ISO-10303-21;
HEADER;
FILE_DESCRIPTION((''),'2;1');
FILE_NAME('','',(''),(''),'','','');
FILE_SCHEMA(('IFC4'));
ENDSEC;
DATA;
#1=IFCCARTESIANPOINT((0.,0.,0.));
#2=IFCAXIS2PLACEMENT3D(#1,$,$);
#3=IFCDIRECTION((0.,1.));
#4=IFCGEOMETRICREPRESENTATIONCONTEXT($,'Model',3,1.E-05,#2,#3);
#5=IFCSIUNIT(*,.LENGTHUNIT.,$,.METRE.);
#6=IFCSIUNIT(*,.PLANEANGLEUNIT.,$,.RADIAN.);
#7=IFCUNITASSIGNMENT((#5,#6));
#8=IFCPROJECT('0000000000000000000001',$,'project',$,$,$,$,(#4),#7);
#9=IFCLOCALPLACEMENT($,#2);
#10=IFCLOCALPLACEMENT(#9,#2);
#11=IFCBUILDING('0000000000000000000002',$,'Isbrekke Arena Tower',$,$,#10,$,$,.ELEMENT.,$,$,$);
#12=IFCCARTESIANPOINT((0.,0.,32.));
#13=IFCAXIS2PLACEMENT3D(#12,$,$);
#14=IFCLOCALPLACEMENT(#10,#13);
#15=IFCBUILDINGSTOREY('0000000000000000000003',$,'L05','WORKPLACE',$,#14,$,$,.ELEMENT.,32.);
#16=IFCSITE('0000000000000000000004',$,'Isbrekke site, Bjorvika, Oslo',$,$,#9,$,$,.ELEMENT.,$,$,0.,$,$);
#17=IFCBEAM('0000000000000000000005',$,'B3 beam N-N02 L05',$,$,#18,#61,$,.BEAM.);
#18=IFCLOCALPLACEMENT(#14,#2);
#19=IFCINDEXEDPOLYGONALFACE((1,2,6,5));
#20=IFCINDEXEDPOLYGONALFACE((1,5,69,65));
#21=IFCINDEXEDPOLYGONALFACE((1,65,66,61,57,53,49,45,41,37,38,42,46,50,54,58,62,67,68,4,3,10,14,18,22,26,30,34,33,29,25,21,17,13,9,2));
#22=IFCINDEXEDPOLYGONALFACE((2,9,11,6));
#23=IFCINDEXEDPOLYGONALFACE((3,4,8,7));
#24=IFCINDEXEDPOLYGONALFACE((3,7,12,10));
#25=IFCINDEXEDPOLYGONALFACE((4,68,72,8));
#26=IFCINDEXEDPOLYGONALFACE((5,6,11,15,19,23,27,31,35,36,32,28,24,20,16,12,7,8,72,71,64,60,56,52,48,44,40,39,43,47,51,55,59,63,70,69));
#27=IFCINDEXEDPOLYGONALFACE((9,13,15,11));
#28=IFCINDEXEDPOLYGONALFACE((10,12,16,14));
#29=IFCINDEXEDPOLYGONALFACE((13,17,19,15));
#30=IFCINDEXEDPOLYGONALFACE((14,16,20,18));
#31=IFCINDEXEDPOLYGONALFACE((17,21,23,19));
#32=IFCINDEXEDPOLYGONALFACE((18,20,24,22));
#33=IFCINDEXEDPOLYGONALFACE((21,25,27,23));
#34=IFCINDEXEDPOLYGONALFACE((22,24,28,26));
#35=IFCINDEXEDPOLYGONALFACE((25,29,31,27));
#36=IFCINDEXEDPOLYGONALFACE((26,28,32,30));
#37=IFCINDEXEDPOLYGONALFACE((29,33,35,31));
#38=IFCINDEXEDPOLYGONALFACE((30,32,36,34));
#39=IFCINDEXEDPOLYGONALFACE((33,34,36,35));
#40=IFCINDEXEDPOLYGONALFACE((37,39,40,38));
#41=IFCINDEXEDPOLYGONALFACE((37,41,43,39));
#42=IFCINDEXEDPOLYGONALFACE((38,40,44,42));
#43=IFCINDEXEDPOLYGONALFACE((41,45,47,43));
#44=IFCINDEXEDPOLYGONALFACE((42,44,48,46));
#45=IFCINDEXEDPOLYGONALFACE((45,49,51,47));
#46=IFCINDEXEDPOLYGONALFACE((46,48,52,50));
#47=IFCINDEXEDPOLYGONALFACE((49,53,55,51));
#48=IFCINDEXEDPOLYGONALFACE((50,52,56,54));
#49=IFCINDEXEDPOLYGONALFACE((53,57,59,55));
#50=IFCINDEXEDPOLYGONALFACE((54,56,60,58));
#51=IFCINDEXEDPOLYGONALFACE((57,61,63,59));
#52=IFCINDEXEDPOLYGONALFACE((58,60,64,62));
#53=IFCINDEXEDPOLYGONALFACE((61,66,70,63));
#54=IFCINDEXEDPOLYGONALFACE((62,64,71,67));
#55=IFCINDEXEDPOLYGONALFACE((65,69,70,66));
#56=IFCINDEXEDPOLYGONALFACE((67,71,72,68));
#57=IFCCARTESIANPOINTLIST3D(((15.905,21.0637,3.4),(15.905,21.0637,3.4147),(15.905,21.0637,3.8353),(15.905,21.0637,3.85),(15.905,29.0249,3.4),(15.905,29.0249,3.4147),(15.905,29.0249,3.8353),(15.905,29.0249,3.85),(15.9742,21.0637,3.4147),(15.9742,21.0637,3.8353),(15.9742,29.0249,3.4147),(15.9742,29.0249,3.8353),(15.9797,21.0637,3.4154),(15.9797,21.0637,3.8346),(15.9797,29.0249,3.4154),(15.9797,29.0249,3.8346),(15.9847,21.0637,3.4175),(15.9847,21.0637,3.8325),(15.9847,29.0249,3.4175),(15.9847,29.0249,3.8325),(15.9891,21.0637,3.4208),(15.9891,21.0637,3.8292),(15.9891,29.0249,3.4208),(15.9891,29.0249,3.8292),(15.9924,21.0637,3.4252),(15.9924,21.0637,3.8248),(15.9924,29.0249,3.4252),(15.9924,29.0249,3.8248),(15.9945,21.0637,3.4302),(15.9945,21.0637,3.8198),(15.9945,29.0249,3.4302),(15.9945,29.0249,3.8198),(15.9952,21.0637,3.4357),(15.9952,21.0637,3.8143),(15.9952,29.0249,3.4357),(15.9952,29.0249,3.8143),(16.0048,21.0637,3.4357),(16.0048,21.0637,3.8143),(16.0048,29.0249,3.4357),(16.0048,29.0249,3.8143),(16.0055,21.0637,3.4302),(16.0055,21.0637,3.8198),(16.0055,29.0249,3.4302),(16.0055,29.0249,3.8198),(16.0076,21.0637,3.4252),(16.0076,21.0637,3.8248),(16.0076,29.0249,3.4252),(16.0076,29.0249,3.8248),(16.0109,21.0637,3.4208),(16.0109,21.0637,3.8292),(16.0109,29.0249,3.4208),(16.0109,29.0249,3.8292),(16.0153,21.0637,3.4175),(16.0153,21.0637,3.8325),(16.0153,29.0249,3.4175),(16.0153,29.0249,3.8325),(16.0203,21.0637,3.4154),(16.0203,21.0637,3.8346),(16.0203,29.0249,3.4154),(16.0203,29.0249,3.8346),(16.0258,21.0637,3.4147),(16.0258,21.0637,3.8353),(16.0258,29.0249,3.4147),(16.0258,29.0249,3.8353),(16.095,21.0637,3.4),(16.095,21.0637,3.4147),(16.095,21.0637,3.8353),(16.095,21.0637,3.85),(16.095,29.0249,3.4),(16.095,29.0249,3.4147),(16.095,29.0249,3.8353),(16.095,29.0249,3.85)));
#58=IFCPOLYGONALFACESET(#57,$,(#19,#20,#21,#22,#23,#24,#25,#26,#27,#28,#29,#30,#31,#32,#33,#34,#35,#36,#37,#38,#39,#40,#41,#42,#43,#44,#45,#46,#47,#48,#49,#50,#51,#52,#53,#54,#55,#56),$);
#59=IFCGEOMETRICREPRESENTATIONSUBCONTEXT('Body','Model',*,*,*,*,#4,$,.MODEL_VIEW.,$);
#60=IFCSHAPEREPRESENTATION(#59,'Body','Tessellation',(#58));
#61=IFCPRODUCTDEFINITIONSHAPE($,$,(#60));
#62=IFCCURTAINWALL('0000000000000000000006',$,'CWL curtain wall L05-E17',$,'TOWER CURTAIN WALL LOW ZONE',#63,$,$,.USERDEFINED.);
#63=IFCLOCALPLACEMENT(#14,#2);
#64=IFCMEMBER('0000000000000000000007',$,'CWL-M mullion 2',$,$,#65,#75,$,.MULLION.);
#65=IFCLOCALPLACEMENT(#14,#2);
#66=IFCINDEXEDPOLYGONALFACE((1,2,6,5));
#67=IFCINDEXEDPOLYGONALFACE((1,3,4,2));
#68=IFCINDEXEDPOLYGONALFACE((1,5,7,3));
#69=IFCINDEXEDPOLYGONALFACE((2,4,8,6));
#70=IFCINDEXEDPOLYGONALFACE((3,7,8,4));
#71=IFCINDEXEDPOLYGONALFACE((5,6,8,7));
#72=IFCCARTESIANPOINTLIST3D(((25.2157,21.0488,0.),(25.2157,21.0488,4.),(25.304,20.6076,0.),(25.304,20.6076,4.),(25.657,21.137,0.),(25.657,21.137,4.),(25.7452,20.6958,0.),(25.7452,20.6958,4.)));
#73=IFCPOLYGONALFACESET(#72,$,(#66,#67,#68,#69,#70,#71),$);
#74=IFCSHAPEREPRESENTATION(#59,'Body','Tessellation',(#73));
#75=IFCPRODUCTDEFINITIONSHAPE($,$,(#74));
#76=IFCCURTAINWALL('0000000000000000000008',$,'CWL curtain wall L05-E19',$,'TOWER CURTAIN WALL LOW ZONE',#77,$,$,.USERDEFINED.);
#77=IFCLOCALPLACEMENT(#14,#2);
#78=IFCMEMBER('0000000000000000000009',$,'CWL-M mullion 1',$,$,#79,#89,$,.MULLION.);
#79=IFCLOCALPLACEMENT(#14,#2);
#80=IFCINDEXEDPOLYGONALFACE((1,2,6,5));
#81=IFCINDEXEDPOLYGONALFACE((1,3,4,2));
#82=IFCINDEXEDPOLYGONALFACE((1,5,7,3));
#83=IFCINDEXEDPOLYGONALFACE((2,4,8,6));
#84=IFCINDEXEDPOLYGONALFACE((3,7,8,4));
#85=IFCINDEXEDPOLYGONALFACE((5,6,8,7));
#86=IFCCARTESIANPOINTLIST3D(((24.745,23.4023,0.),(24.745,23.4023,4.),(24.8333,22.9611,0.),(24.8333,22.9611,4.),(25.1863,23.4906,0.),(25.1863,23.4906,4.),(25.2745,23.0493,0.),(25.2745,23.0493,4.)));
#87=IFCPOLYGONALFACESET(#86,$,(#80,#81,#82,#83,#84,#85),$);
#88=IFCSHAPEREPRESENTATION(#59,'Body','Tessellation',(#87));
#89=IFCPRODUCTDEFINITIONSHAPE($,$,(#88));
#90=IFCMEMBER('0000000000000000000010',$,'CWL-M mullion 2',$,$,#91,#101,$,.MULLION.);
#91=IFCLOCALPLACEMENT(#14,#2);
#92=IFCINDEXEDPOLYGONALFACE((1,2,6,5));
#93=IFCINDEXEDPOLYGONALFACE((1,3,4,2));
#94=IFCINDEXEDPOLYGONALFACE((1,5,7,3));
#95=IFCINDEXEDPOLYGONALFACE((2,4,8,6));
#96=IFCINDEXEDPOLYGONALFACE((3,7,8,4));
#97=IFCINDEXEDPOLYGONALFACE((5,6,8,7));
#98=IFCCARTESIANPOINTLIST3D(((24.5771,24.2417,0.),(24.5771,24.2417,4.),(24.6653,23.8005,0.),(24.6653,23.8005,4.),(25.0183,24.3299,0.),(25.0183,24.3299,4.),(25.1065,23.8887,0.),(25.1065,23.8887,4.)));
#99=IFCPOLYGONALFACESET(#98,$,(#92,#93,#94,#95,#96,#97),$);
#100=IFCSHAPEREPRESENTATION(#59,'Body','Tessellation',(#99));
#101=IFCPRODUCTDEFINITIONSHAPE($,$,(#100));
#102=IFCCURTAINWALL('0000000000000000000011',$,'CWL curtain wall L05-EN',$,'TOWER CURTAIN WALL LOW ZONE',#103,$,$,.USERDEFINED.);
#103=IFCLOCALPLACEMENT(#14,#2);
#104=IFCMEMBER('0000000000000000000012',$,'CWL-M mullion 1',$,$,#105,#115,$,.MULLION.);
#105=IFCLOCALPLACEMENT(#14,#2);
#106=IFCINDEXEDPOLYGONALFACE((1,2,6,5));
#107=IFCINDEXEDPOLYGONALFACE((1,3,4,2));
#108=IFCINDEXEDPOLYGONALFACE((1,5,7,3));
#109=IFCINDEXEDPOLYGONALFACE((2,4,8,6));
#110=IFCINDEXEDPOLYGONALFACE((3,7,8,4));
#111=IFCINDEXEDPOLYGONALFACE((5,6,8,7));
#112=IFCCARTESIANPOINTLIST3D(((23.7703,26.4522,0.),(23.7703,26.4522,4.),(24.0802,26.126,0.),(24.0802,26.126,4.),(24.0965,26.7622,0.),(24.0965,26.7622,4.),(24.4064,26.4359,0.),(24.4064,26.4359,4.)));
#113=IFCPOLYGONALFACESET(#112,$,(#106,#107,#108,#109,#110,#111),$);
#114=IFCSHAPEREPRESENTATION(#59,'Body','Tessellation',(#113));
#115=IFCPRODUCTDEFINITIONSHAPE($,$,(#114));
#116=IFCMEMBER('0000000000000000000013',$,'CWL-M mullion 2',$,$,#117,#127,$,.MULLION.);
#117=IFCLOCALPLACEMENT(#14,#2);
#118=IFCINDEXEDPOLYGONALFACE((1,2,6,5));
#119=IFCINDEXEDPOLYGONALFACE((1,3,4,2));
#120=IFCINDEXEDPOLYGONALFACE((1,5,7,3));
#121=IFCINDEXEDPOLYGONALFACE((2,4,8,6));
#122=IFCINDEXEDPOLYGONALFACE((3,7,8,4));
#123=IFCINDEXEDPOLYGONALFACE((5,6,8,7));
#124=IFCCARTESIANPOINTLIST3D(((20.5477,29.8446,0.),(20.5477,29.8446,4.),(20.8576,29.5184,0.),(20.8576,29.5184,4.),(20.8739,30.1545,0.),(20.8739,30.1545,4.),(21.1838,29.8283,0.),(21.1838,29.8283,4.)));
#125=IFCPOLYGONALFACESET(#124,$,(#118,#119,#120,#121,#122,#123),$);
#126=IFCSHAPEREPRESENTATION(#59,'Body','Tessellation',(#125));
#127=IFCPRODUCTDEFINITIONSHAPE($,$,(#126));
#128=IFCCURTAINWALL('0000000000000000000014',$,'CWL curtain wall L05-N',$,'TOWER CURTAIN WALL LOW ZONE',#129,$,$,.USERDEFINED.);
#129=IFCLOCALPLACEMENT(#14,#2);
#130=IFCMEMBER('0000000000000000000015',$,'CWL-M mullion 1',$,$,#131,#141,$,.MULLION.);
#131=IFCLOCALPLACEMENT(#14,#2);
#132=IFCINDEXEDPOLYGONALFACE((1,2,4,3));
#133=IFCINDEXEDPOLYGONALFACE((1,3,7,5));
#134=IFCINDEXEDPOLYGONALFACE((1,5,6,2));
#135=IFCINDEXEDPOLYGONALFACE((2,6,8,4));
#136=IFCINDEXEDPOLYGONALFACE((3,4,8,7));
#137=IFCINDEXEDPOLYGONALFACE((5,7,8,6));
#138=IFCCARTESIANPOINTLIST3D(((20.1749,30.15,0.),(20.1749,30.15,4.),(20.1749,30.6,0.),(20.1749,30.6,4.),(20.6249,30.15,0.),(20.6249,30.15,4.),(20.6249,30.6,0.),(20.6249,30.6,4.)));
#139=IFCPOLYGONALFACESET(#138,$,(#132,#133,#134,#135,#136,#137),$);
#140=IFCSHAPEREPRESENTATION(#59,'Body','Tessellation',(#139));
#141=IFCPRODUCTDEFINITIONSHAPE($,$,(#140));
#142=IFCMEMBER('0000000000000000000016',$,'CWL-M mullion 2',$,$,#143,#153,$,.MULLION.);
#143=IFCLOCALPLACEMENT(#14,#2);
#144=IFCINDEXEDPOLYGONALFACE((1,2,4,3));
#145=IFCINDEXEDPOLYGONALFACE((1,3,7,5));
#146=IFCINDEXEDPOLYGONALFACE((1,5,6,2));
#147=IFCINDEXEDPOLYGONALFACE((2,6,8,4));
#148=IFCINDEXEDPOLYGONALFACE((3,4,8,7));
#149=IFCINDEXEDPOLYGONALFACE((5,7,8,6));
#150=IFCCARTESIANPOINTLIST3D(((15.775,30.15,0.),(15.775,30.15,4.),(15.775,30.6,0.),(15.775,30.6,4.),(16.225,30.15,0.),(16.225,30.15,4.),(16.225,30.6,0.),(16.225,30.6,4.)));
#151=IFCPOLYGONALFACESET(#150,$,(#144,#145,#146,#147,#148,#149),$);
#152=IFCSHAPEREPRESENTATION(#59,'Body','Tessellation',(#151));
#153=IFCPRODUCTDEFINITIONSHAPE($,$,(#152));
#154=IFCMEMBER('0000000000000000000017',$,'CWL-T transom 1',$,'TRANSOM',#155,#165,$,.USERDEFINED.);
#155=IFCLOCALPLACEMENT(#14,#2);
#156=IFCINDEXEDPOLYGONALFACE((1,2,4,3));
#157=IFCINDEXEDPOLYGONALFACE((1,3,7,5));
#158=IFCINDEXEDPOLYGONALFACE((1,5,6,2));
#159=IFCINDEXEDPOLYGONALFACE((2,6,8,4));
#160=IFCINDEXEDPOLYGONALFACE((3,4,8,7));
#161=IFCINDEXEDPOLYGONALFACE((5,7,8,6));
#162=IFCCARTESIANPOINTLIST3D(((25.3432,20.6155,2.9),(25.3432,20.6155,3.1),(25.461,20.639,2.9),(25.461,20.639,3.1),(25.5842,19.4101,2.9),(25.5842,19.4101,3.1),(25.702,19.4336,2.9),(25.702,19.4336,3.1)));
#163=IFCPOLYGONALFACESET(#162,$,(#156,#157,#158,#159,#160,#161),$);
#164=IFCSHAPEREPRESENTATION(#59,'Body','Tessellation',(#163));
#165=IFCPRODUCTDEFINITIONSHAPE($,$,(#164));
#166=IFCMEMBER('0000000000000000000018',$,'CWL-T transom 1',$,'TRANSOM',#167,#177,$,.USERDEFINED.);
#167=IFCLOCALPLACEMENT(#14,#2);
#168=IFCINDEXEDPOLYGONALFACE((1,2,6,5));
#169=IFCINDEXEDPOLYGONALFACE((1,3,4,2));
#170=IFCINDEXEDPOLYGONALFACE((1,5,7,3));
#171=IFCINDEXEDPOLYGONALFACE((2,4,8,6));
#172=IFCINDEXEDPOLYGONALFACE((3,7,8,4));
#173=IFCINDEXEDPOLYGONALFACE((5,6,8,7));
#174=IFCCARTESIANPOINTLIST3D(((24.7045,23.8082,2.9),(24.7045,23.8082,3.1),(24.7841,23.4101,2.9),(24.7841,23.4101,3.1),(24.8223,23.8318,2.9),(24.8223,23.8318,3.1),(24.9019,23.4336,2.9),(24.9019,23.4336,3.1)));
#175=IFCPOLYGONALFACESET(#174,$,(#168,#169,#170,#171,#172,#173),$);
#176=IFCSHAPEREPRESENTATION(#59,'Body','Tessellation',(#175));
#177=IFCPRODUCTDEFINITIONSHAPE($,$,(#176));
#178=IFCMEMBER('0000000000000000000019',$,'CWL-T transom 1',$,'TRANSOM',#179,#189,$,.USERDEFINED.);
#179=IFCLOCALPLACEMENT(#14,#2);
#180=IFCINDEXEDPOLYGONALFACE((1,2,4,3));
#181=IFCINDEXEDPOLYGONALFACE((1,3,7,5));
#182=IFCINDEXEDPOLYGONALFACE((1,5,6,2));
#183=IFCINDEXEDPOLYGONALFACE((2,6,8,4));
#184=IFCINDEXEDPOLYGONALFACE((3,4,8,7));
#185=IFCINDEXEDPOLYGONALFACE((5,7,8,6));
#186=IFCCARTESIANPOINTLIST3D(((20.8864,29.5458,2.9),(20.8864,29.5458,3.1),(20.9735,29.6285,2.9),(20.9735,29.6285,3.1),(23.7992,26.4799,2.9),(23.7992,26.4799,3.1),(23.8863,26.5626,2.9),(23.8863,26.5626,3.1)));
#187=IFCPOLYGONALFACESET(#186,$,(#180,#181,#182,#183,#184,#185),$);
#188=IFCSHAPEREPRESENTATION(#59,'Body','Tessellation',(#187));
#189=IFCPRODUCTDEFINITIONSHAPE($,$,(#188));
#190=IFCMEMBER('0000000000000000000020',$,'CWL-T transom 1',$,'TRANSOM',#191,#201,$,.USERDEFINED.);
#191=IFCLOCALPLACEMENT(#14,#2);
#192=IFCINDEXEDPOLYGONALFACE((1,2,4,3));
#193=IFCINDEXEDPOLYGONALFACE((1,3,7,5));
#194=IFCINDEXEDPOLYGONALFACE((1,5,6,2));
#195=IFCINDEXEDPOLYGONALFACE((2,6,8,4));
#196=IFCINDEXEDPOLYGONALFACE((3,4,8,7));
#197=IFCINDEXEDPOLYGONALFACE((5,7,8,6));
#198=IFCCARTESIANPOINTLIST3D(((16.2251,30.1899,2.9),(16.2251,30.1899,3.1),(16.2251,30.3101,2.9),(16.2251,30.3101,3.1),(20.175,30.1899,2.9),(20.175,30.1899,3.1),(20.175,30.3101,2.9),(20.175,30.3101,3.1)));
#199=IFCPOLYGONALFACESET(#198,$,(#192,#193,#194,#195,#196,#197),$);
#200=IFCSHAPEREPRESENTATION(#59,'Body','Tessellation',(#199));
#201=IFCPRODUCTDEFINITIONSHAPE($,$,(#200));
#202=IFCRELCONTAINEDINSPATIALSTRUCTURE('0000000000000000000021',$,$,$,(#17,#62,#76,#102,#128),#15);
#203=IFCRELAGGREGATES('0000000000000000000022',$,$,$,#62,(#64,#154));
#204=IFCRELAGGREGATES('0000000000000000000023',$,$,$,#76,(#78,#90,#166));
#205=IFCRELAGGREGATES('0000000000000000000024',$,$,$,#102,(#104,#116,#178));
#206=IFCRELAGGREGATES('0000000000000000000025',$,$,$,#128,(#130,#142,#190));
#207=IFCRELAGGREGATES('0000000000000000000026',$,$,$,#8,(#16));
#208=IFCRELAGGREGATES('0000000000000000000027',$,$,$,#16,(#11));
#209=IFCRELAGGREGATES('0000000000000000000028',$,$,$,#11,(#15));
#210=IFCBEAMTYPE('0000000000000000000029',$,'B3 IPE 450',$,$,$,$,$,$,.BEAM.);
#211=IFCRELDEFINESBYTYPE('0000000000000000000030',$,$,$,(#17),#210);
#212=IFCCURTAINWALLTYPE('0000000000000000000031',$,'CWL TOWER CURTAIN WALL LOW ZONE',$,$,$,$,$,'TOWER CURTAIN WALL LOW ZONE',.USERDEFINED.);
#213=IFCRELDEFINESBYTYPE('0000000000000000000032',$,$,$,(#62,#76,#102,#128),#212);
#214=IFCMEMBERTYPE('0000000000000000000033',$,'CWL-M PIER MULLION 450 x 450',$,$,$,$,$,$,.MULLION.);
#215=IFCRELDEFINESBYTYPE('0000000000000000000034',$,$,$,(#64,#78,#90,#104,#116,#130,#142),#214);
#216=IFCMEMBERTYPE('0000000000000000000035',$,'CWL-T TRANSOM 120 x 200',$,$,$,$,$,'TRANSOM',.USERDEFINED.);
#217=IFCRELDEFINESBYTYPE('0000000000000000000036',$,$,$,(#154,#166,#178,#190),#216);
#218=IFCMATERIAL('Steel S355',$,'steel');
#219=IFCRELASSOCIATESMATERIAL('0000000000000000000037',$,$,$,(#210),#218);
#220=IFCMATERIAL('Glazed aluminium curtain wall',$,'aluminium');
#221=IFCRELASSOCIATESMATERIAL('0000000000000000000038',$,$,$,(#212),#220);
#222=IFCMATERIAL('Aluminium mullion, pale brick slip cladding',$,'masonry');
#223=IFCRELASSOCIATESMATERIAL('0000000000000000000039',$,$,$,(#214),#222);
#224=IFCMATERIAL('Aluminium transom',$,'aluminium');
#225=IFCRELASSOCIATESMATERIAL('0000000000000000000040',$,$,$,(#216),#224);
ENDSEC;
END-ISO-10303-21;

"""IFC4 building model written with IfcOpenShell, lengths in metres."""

from ifc_helpers import new_model, si_unit, direction, frame, origin, origin_2d, place, context, subcontext, project, spatial, rectangle, i_section, extrude, material, material_profile, profile_set, type_object, element, aggregate, save


model = new_model("IFC4")

# Units and contexts
model_context = context("Model", 3, precision=1e-05, world=origin(), true_north=direction((0.0, 1.0)))
body_context = subcontext(model_context, "Body", "Model", "MODEL_VIEW")
ifc_project = project(units=[si_unit("LENGTHUNIT", "METRE"), si_unit("PLANEANGLEUNIT", "RADIAN")], contexts=[model_context])

# Site, building, storey
site_placement = place(None, origin())
site = spatial("IfcSite", under=ifc_project, at=site_placement, Name="Isbrekke site, Bjorvika, Oslo", CompositionType="ELEMENT", RefElevation=0.0)
building_placement = place(site_placement, origin())
building = spatial("IfcBuilding", under=site, at=building_placement, Name="Isbrekke Arena Tower", CompositionType="ELEMENT")
storey_placement = place(building_placement, frame((0.0, 0.0, 32.0)))
storey = spatial("IfcBuildingStorey", under=building, at=storey_placement, Name="L05", Description="WORKPLACE", CompositionType="ELEMENT", Elevation=32.0)

# Beam
ifc_material_1 = material(Name="Steel S355", Category="steel")
ifc_material_profile_1 = material_profile(ifc_material_1, i_section(OverallWidth=0.1899, OverallDepth=0.45, WebThickness=0.0095, FlangeThickness=0.0146, FilletRadius=0.021, at=origin_2d()), Name="IPE 450")
ifc_profile_set_1 = profile_set([ifc_material_profile_1], Name="Steel S355")
beam_type_1 = type_object("IfcBeamType", Name="B3 IPE 450", PredefinedType="BEAM", material=ifc_profile_set_1)
beam_1_placement = place(storey_placement, frame((16.0, 29.0249, 3.625), z_axis=(0.0, -1.0, 0.0), x_axis=(1.0, 0.0, 0.0)))
element("IfcBeam", 1, at=beam_1_placement, inside=storey, type_object=beam_type_1, Name="B3 beam N-N02 L05", PredefinedType="BEAM", context=body_context, shape_type="SweptSolid", body=[
    extrude(i_section(OverallWidth=0.1899, OverallDepth=0.45, WebThickness=0.0095, FlangeThickness=0.0146, FilletRadius=0.021, at=origin_2d()), origin(), (0.0, 0.0, 1.0), 7.9612),
])

# Curtain wall, member
ifc_material_2 = material(Name="Glazed aluminium curtain wall", Category="aluminium")
curtain_wall_type = type_object("IfcCurtainWallType", Name="CWL TOWER CURTAIN WALL LOW ZONE", ElementType="TOWER CURTAIN WALL LOW ZONE", PredefinedType="USERDEFINED", material=ifc_material_2)
curtain_wall_1_placement = place(storey_placement, origin())
curtain_wall_1 = element("IfcCurtainWall", 2, at=curtain_wall_1_placement, inside=storey, type_object=curtain_wall_type, Name="CWL curtain wall L05-E17", ObjectType="TOWER CURTAIN WALL LOW ZONE", PredefinedType="USERDEFINED")
ifc_material_3 = material(Name="Aluminium mullion, pale brick slip cladding", Category="masonry")
ifc_material_profile_2 = material_profile(ifc_material_3, rectangle(XDim=0.45, YDim=0.45, at=origin_2d()), Name="PIER 450X450")
ifc_profile_set_2 = profile_set([ifc_material_profile_2], Name="Aluminium mullion, pale brick slip cladding")
member_type_1 = type_object("IfcMemberType", Name="CWL-M PIER MULLION 450 x 450", PredefinedType="MULLION", material=ifc_profile_set_2)
member_1_placement = place(storey_placement, frame((25.4805, 20.8723, 0.0), z_axis=(0.0, 0.0, 1.0), x_axis=(-0.196116, 0.980581, 0.0)))
member_1 = element("IfcMember", 3, at=member_1_placement, type_object=member_type_1, Name="CWL-M mullion 2", PredefinedType="MULLION", context=body_context, shape_type="SweptSolid", body=[
    extrude(rectangle(XDim=0.45, YDim=0.45, at=origin_2d()), origin(), (0.0, 0.0, 1.0), 4.0),
])

# Curtain walls, members
curtain_wall_2_placement = place(storey_placement, origin())
curtain_wall_2 = element("IfcCurtainWall", 4, at=curtain_wall_2_placement, inside=storey, type_object=curtain_wall_type, Name="CWL curtain wall L05-E19", ObjectType="TOWER CURTAIN WALL LOW ZONE", PredefinedType="USERDEFINED")
member_2_placement = place(storey_placement, frame((25.0098, 23.2258, 0.0), z_axis=(0.0, 0.0, 1.0), x_axis=(-0.196116, 0.980581, 0.0)))
member_2 = element("IfcMember", 5, at=member_2_placement, type_object=member_type_1, Name="CWL-M mullion 1", PredefinedType="MULLION", context=body_context, shape_type="SweptSolid", body=[
    extrude(rectangle(XDim=0.45, YDim=0.45, at=origin_2d()), origin(), (0.0, 0.0, 1.0), 4.0),
])
member_3_placement = place(storey_placement, frame((24.8418, 24.0652, 0.0), z_axis=(0.0, 0.0, 1.0), x_axis=(-0.196116, 0.980581, 0.0)))
member_3 = element("IfcMember", 6, at=member_3_placement, type_object=member_type_1, Name="CWL-M mullion 2", PredefinedType="MULLION", context=body_context, shape_type="SweptSolid", body=[
    extrude(rectangle(XDim=0.45, YDim=0.45, at=origin_2d()), origin(), (0.0, 0.0, 1.0), 4.0),
])
curtain_wall_3_placement = place(storey_placement, origin())
curtain_wall_3 = element("IfcCurtainWall", 7, at=curtain_wall_3_placement, inside=storey, type_object=curtain_wall_type, Name="CWL curtain wall L05-EN", ObjectType="TOWER CURTAIN WALL LOW ZONE", PredefinedType="USERDEFINED")
member_4_placement = place(storey_placement, frame((24.0884, 26.4441, 0.0), z_axis=(0.0, 0.0, 1.0), x_axis=(-0.688749, 0.724999, 0.0)))
member_4 = element("IfcMember", 8, at=member_4_placement, type_object=member_type_1, Name="CWL-M mullion 1", PredefinedType="MULLION", context=body_context, shape_type="SweptSolid", body=[
    extrude(rectangle(XDim=0.45, YDim=0.45, at=origin_2d()), origin(), (0.0, 0.0, 1.0), 4.0),
])
member_5_placement = place(storey_placement, frame((20.8657, 29.8364, 0.0), z_axis=(0.0, 0.0, 1.0), x_axis=(-0.688749, 0.724999, 0.0)))
member_5 = element("IfcMember", 9, at=member_5_placement, type_object=member_type_1, Name="CWL-M mullion 2", PredefinedType="MULLION", context=body_context, shape_type="SweptSolid", body=[
    extrude(rectangle(XDim=0.45, YDim=0.45, at=origin_2d()), origin(), (0.0, 0.0, 1.0), 4.0),
])
curtain_wall_4_placement = place(storey_placement, origin())
curtain_wall_4 = element("IfcCurtainWall", 10, at=curtain_wall_4_placement, inside=storey, type_object=curtain_wall_type, Name="CWL curtain wall L05-N", ObjectType="TOWER CURTAIN WALL LOW ZONE", PredefinedType="USERDEFINED")
member_6_placement = place(storey_placement, frame((20.3999, 30.375, 0.0), z_axis=(0.0, 0.0, 1.0), x_axis=(-1.0, 0.0, 0.0)))
member_6 = element("IfcMember", 11, at=member_6_placement, type_object=member_type_1, Name="CWL-M mullion 1", PredefinedType="MULLION", context=body_context, shape_type="SweptSolid", body=[
    extrude(rectangle(XDim=0.45, YDim=0.45, at=origin_2d()), origin(), (0.0, 0.0, 1.0), 4.0),
])
member_7_placement = place(storey_placement, frame((16.0, 30.375, 0.0), z_axis=(0.0, 0.0, 1.0), x_axis=(-1.0, 0.0, 0.0)))
member_7 = element("IfcMember", 12, at=member_7_placement, type_object=member_type_1, Name="CWL-M mullion 2", PredefinedType="MULLION", context=body_context, shape_type="SweptSolid", body=[
    extrude(rectangle(XDim=0.45, YDim=0.45, at=origin_2d()), origin(), (0.0, 0.0, 1.0), 4.0),
])

# Members
ifc_material_4 = material(Name="Aluminium transom", Category="aluminium")
ifc_material_profile_3 = material_profile(ifc_material_4, rectangle(XDim=0.1201, YDim=0.2, at=origin_2d()), Name="TRANSOM 120X200")
ifc_profile_set_3 = profile_set([ifc_material_profile_3], Name="Aluminium transom")
member_type_2 = type_object("IfcMemberType", Name="CWL-T TRANSOM 120 x 200", ElementType="TRANSOM", PredefinedType="USERDEFINED", material=ifc_profile_set_3)
member_8_placement = place(storey_placement, frame((25.6431, 19.4219, 3.0), z_axis=(-0.19604, 0.980596, 0.0), x_axis=(-0.980596, -0.19604, 0.0)))
member_8 = element("IfcMember", 13, at=member_8_placement, type_object=member_type_2, Name="CWL-T transom 1", ObjectType="TRANSOM", PredefinedType="USERDEFINED", context=body_context, shape_type="SweptSolid", body=[
    extrude(rectangle(XDim=0.1201, YDim=0.2, at=origin_2d()), origin(), (0.0, 0.0, 1.0), 1.2292),
])
member_9_placement = place(storey_placement, frame((24.843, 23.4219, 3.0), z_axis=(-0.196001, 0.980604, 0.0), x_axis=(-0.980604, -0.196001, 0.0)))
member_9 = element("IfcMember", 14, at=member_9_placement, type_object=member_type_2, Name="CWL-T transom 1", ObjectType="TRANSOM", PredefinedType="USERDEFINED", context=body_context, shape_type="SweptSolid", body=[
    extrude(rectangle(XDim=0.1201, YDim=0.2, at=origin_2d()), origin(), (0.0, 0.0, 1.0), 0.406),
])
member_10_placement = place(storey_placement, frame((23.8428, 26.5212, 3.0), z_axis=(-0.688777, 0.724973, 0.0), x_axis=(-0.724973, -0.688777, 0.0)))
member_10 = element("IfcMember", 15, at=member_10_placement, type_object=member_type_2, Name="CWL-T transom 1", ObjectType="TRANSOM", PredefinedType="USERDEFINED", context=body_context, shape_type="SweptSolid", body=[
    extrude(rectangle(XDim=0.1201, YDim=0.2, at=origin_2d()), origin(), (0.0, 0.0, 1.0), 4.229),
])
member_11_placement = place(storey_placement, frame((20.175, 30.25, 3.0), z_axis=(-1.0, 0.0, 0.0), x_axis=(0.0, -1.0, 0.0)))
member_11 = element("IfcMember", 16, at=member_11_placement, type_object=member_type_2, Name="CWL-T transom 1", ObjectType="TRANSOM", PredefinedType="USERDEFINED", context=body_context, shape_type="SweptSolid", body=[
    extrude(rectangle(XDim=0.1201, YDim=0.2, at=origin_2d()), origin(), (0.0, 0.0, 1.0), 3.95),
])

aggregate(curtain_wall_1, [member_1, member_8])
aggregate(curtain_wall_2, [member_2, member_3, member_9])
aggregate(curtain_wall_3, [member_4, member_5, member_10])
aggregate(curtain_wall_4, [member_6, member_7, member_11])

save(model, "model.ifc")
